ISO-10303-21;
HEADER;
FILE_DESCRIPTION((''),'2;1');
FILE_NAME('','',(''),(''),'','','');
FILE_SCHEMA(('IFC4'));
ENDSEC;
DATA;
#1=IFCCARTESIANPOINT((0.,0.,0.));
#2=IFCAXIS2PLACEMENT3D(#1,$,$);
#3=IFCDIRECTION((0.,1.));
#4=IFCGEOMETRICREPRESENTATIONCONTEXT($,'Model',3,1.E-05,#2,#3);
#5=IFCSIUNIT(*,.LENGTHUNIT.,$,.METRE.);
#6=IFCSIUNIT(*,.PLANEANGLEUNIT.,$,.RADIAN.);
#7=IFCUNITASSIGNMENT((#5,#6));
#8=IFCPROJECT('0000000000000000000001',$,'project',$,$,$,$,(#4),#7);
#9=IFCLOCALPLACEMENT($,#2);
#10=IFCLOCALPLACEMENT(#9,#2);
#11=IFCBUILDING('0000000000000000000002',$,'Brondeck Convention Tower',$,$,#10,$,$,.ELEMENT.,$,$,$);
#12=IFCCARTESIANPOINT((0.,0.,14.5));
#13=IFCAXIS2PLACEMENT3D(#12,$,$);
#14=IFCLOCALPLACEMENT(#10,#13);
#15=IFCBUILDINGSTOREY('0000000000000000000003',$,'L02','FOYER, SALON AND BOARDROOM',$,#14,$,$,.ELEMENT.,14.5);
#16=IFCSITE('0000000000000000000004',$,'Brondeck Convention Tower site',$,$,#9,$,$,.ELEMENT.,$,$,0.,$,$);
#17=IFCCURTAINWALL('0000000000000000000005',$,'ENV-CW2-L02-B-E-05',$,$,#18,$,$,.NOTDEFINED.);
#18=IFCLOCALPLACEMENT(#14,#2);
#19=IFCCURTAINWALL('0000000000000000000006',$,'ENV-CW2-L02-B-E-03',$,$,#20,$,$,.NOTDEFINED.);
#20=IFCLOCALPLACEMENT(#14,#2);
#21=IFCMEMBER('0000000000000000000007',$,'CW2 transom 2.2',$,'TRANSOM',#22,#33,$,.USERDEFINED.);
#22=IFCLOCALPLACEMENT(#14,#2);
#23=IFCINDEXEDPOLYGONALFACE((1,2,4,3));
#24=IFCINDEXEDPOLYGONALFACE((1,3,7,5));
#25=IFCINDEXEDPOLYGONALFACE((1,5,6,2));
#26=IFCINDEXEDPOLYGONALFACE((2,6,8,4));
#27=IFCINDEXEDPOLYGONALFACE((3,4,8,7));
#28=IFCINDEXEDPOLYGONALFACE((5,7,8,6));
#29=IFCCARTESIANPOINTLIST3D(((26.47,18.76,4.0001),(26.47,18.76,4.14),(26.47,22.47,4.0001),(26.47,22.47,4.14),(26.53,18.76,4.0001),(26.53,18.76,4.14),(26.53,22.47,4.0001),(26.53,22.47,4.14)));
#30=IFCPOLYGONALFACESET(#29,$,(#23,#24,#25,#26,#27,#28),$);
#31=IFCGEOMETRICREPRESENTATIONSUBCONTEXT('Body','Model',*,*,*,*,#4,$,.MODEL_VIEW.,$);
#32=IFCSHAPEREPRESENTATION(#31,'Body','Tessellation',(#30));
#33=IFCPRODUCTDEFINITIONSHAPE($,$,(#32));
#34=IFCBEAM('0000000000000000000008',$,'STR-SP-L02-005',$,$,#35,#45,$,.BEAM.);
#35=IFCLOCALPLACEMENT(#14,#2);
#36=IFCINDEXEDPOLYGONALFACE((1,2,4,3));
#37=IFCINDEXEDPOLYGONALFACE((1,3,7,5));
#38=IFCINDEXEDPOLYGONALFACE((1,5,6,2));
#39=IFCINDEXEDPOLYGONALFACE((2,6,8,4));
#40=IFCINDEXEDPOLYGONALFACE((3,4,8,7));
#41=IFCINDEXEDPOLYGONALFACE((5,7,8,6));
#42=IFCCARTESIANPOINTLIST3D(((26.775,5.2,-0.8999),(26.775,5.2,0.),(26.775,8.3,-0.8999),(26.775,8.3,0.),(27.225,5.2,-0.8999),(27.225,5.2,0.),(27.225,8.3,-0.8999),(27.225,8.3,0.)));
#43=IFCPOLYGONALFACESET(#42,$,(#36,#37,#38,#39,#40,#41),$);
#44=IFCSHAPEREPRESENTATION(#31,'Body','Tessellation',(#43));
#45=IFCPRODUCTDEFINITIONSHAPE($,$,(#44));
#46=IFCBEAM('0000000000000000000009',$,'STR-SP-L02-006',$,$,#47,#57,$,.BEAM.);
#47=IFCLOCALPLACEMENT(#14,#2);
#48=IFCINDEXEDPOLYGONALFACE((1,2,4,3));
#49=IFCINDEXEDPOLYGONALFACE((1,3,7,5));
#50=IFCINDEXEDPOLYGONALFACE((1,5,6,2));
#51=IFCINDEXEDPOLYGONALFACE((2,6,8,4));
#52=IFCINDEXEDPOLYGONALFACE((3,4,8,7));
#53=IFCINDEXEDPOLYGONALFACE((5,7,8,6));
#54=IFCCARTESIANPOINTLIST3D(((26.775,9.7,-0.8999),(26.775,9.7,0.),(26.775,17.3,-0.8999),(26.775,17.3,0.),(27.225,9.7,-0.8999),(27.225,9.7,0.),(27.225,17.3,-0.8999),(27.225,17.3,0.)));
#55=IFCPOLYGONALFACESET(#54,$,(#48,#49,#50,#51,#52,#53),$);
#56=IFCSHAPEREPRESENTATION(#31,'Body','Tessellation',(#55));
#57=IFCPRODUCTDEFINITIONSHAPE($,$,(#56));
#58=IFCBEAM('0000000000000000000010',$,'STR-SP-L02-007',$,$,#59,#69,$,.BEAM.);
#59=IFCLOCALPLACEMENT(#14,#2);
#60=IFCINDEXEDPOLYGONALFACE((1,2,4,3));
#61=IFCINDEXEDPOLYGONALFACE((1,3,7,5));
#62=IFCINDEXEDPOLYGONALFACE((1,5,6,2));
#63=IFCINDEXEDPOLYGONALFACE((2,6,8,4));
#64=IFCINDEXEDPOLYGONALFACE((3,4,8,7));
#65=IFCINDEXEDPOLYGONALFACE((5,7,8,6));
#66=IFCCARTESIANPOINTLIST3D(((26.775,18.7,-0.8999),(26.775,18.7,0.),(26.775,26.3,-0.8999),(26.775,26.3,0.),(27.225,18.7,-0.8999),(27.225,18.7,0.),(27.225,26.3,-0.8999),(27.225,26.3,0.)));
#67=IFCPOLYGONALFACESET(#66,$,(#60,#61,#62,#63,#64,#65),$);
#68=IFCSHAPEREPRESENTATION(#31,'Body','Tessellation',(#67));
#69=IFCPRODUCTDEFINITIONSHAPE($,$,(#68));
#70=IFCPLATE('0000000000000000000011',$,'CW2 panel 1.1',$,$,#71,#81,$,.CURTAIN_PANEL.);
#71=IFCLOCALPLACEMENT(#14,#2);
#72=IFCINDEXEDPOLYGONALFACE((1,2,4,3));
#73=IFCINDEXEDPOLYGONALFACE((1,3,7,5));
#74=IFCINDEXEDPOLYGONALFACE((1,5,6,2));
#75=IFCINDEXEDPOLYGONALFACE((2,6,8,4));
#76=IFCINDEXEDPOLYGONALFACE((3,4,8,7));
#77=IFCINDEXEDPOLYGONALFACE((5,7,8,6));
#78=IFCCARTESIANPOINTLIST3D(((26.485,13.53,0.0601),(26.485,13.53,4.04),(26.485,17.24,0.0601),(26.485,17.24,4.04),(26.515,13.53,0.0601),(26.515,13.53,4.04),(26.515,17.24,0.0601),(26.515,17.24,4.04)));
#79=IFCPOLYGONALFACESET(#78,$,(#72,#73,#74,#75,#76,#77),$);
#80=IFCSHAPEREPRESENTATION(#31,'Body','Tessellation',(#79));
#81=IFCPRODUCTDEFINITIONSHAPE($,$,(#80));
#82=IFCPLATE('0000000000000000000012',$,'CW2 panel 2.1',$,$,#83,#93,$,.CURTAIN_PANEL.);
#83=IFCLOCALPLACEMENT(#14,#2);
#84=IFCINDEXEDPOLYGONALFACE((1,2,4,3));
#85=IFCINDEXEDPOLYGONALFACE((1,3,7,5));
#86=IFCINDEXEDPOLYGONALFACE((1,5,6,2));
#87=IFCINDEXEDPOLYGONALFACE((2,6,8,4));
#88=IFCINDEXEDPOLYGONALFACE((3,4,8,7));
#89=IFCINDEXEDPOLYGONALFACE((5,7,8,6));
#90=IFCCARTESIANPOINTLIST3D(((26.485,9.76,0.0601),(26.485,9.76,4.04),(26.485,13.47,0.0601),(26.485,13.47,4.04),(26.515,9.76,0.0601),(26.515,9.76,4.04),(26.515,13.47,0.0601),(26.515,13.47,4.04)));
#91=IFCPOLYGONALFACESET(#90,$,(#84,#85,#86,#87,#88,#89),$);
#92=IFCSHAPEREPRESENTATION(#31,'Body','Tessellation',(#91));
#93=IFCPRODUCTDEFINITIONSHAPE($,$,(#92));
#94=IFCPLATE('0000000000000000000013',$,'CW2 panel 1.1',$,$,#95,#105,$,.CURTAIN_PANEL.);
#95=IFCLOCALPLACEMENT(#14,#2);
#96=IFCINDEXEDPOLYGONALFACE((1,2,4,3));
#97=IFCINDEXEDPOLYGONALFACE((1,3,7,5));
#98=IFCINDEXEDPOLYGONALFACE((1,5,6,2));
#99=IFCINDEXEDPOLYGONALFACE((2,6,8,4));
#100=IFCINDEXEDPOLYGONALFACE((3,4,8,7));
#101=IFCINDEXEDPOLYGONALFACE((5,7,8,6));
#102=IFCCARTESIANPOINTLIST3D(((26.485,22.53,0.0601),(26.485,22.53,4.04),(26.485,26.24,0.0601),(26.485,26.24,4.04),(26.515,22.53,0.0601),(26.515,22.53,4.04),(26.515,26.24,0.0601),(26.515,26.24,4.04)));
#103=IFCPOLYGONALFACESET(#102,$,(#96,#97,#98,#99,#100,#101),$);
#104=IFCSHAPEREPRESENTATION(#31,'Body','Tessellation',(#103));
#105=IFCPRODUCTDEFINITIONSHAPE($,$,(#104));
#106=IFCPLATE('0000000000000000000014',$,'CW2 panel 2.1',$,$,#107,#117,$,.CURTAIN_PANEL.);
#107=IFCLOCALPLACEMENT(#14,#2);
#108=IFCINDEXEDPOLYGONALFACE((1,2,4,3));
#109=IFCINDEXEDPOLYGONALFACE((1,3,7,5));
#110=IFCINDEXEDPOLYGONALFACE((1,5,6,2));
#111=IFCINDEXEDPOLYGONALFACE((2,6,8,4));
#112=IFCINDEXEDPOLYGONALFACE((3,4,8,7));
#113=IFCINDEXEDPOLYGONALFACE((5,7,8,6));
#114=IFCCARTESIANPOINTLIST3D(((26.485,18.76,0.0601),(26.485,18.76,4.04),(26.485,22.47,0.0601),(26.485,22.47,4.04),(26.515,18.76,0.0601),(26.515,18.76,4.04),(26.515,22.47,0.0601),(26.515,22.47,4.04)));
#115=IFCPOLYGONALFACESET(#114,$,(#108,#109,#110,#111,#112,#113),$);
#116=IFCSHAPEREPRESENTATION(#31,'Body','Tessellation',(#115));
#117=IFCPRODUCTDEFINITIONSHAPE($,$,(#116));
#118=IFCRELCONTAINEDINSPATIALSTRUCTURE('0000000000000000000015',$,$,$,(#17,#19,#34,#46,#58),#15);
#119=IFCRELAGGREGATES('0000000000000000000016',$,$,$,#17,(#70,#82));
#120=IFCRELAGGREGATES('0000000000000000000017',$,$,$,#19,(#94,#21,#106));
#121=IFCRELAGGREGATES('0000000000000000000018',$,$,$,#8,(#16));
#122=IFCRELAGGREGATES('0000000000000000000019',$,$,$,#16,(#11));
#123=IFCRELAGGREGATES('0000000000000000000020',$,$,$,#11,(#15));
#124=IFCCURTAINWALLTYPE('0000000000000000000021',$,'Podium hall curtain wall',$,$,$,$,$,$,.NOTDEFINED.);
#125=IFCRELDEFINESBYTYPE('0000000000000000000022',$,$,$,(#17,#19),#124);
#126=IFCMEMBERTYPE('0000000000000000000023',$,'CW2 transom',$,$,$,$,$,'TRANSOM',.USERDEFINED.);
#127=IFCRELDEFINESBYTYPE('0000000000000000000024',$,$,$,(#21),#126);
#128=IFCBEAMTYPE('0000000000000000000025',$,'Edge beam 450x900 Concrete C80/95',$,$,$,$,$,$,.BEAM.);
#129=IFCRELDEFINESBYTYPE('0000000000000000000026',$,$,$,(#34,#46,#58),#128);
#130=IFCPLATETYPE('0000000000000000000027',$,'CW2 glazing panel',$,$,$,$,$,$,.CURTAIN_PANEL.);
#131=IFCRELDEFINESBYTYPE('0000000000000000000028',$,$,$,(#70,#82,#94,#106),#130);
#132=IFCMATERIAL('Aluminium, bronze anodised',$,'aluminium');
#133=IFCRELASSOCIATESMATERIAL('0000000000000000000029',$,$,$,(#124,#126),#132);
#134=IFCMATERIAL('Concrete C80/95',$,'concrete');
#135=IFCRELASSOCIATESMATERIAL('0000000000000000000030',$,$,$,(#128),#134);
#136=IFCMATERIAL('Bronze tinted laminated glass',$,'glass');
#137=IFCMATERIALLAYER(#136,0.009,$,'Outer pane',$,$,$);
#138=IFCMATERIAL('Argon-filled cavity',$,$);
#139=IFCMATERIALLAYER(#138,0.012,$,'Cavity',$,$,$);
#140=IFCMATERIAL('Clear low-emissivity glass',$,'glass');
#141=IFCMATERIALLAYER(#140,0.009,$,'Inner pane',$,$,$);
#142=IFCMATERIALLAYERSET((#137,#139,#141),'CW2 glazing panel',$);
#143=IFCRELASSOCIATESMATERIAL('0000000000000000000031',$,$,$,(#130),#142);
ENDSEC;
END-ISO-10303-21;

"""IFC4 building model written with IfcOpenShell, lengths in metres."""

from ifc_helpers import new_model, si_unit, direction, frame, origin, origin_2d, place, context, subcontext, project, spatial, rectangle, extrude, material, layer, layer_set, material_profile, profile_set, type_object, element, aggregate, save


model = new_model("IFC4")

# Units and contexts
model_context = context("Model", 3, precision=1e-05, world=origin(), true_north=direction((0.0, 1.0)))
body_context = subcontext(model_context, "Body", "Model", "MODEL_VIEW")
ifc_project = project(units=[si_unit("LENGTHUNIT", "METRE"), si_unit("PLANEANGLEUNIT", "RADIAN")], contexts=[model_context])

# Site, building, storey
site_placement = place(None, origin())
site = spatial("IfcSite", under=ifc_project, at=site_placement, Name="Brondeck Convention Tower site", CompositionType="ELEMENT", RefElevation=0.0)
building_placement = place(site_placement, origin())
building = spatial("IfcBuilding", under=site, at=building_placement, Name="Brondeck Convention Tower", CompositionType="ELEMENT")
storey_placement = place(building_placement, frame((0.0, 0.0, 14.5)))
storey = spatial("IfcBuildingStorey", under=building, at=storey_placement, Name="L02", Description="FOYER, SALON AND BOARDROOM", CompositionType="ELEMENT", Elevation=14.5)

# Shared definitions
ifc_material_1 = material(Name="Concrete C80/95", Category="concrete")

# Curtain wall
ifc_material_2 = material(Name="Aluminium, bronze anodised", Category="aluminium")
curtain_wall_type = type_object("IfcCurtainWallType", Name="Podium hall curtain wall", PredefinedType="NOTDEFINED", material=ifc_material_2)
curtain_wall_1_placement = place(storey_placement, origin())
curtain_wall_1 = element("IfcCurtainWall", 1, at=curtain_wall_1_placement, inside=storey, type_object=curtain_wall_type, Name="ENV-CW2-L02-B-E-05", PredefinedType="NOTDEFINED")

# Curtain wall
curtain_wall_2_placement = place(storey_placement, origin())
curtain_wall_2 = element("IfcCurtainWall", 2, at=curtain_wall_2_placement, inside=storey, type_object=curtain_wall_type, Name="ENV-CW2-L02-B-E-03", PredefinedType="NOTDEFINED")

# Member
ifc_material_profile_1 = material_profile(ifc_material_2, rectangle(XDim=0.0601, YDim=0.1399, at=origin_2d()), Name="CW2 transom")
ifc_profile_set_1 = profile_set([ifc_material_profile_1], Name="Aluminium, bronze anodised")
member_type_1 = type_object("IfcMemberType", Name="CW2 transom", ElementType="TRANSOM", PredefinedType="USERDEFINED", material=ifc_profile_set_1)
member_1_placement = place(storey_placement, frame((26.5, 22.47, 4.0701), z_axis=(0.0, -1.0, 0.0), x_axis=(1.0, 0.0, 0.0)))
member_1 = element("IfcMember", 3, at=member_1_placement, type_object=member_type_1, Name="CW2 transom 2.2", ObjectType="TRANSOM", PredefinedType="USERDEFINED", context=body_context, shape_type="SweptSolid", body=[
    extrude(rectangle(XDim=0.0601, YDim=0.1399, at=origin_2d()), origin(), (0.0, 0.0, 1.0), 3.71),
])

# Beams
ifc_material_profile_2 = material_profile(ifc_material_1, rectangle(XDim=0.45, YDim=0.8999, at=origin_2d()), Name="Edge beam 450x900 Concrete C80/95")
ifc_profile_set_2 = profile_set([ifc_material_profile_2], Name="Concrete C80/95")
beam_type = type_object("IfcBeamType", Name="Edge beam 450x900 Concrete C80/95", PredefinedType="BEAM", material=ifc_profile_set_2)
beam_placement = place(storey_placement, frame((27.0, 5.2, -0.45), z_axis=(0.0, 1.0, 0.0), x_axis=(-1.0, 0.0, 0.0)))
element("IfcBeam", 4, at=beam_placement, inside=storey, type_object=beam_type, Name="STR-SP-L02-005", PredefinedType="BEAM", context=body_context, shape_type="SweptSolid", body=[
    extrude(rectangle(XDim=0.45, YDim=0.8999, at=origin_2d()), origin(), (0.0, 0.0, 1.0), 3.1001),
])
for number, where, z_axis, x_axis, name in (
    (5, (27.0, 9.7, -0.45), (0.0, 1.0, 0.0), (-1.0, 0.0, 0.0), "STR-SP-L02-006"),
    (6, (27.0, 18.7, -0.45), (0.0, 1.0, 0.0), (-1.0, 0.0, 0.0), "STR-SP-L02-007"),
):
    element("IfcBeam", number, at=place(storey_placement, frame(where, z_axis=z_axis, x_axis=x_axis)), inside=storey, type_object=beam_type, Name=name, PredefinedType="BEAM", context=body_context, shape_type="SweptSolid", body=[
        extrude(rectangle(XDim=0.45, YDim=0.8999, at=origin_2d()), origin(), (0.0, 0.0, 1.0), 7.6001),
    ])

# Plates
ifc_material_3 = material(Name="Bronze tinted laminated glass", Category="glass")
ifc_layer_1 = layer(ifc_material_3, 0.009, Name="Outer pane")
ifc_material_4 = material(Name="Argon-filled cavity")
ifc_layer_2 = layer(ifc_material_4, 0.012, Name="Cavity")
ifc_material_5 = material(Name="Clear low-emissivity glass", Category="glass")
ifc_layer_3 = layer(ifc_material_5, 0.009, Name="Inner pane")
ifc_layer_set = layer_set([ifc_layer_1, ifc_layer_2, ifc_layer_3], Name="CW2 glazing panel")
plate_type = type_object("IfcPlateType", Name="CW2 glazing panel", PredefinedType="CURTAIN_PANEL", material=ifc_layer_set)
plate_1_placement = place(storey_placement, frame((26.5, 15.385, 0.0601), z_axis=(0.0, 0.0, 1.0), x_axis=(0.0, -1.0, 0.0)))
plate_1 = element("IfcPlate", 7, at=plate_1_placement, type_object=plate_type, Name="CW2 panel 1.1", PredefinedType="CURTAIN_PANEL", context=body_context, shape_type="SweptSolid", body=[
    extrude(rectangle(XDim=3.71, YDim=0.03, at=origin_2d()), origin(), (0.0, 0.0, 1.0), 3.98),
])
plate_2_placement = place(storey_placement, frame((26.5, 11.615, 0.0601), z_axis=(0.0, 0.0, 1.0), x_axis=(0.0, -1.0, 0.0)))
plate_2 = element("IfcPlate", 8, at=plate_2_placement, type_object=plate_type, Name="CW2 panel 2.1", PredefinedType="CURTAIN_PANEL", context=body_context, shape_type="SweptSolid", body=[
    extrude(rectangle(XDim=3.71, YDim=0.03, at=origin_2d()), origin(), (0.0, 0.0, 1.0), 3.98),
])
aggregate(curtain_wall_1, [plate_1, plate_2])
plate_3_placement = place(storey_placement, frame((26.5, 24.385, 0.0601), z_axis=(0.0, 0.0, 1.0), x_axis=(0.0, -1.0, 0.0)))
plate_3 = element("IfcPlate", 9, at=plate_3_placement, type_object=plate_type, Name="CW2 panel 1.1", PredefinedType="CURTAIN_PANEL", context=body_context, shape_type="SweptSolid", body=[
    extrude(rectangle(XDim=3.71, YDim=0.03, at=origin_2d()), origin(), (0.0, 0.0, 1.0), 3.98),
])
plate_4_placement = place(storey_placement, frame((26.5, 20.615, 0.0601), z_axis=(0.0, 0.0, 1.0), x_axis=(0.0, -1.0, 0.0)))
plate_4 = element("IfcPlate", 10, at=plate_4_placement, type_object=plate_type, Name="CW2 panel 2.1", PredefinedType="CURTAIN_PANEL", context=body_context, shape_type="SweptSolid", body=[
    extrude(rectangle(XDim=3.71, YDim=0.03, at=origin_2d()), origin(), (0.0, 0.0, 1.0), 3.98),
])
aggregate(curtain_wall_2, [plate_3, member_1, plate_4])

save(model, "model.ifc")
